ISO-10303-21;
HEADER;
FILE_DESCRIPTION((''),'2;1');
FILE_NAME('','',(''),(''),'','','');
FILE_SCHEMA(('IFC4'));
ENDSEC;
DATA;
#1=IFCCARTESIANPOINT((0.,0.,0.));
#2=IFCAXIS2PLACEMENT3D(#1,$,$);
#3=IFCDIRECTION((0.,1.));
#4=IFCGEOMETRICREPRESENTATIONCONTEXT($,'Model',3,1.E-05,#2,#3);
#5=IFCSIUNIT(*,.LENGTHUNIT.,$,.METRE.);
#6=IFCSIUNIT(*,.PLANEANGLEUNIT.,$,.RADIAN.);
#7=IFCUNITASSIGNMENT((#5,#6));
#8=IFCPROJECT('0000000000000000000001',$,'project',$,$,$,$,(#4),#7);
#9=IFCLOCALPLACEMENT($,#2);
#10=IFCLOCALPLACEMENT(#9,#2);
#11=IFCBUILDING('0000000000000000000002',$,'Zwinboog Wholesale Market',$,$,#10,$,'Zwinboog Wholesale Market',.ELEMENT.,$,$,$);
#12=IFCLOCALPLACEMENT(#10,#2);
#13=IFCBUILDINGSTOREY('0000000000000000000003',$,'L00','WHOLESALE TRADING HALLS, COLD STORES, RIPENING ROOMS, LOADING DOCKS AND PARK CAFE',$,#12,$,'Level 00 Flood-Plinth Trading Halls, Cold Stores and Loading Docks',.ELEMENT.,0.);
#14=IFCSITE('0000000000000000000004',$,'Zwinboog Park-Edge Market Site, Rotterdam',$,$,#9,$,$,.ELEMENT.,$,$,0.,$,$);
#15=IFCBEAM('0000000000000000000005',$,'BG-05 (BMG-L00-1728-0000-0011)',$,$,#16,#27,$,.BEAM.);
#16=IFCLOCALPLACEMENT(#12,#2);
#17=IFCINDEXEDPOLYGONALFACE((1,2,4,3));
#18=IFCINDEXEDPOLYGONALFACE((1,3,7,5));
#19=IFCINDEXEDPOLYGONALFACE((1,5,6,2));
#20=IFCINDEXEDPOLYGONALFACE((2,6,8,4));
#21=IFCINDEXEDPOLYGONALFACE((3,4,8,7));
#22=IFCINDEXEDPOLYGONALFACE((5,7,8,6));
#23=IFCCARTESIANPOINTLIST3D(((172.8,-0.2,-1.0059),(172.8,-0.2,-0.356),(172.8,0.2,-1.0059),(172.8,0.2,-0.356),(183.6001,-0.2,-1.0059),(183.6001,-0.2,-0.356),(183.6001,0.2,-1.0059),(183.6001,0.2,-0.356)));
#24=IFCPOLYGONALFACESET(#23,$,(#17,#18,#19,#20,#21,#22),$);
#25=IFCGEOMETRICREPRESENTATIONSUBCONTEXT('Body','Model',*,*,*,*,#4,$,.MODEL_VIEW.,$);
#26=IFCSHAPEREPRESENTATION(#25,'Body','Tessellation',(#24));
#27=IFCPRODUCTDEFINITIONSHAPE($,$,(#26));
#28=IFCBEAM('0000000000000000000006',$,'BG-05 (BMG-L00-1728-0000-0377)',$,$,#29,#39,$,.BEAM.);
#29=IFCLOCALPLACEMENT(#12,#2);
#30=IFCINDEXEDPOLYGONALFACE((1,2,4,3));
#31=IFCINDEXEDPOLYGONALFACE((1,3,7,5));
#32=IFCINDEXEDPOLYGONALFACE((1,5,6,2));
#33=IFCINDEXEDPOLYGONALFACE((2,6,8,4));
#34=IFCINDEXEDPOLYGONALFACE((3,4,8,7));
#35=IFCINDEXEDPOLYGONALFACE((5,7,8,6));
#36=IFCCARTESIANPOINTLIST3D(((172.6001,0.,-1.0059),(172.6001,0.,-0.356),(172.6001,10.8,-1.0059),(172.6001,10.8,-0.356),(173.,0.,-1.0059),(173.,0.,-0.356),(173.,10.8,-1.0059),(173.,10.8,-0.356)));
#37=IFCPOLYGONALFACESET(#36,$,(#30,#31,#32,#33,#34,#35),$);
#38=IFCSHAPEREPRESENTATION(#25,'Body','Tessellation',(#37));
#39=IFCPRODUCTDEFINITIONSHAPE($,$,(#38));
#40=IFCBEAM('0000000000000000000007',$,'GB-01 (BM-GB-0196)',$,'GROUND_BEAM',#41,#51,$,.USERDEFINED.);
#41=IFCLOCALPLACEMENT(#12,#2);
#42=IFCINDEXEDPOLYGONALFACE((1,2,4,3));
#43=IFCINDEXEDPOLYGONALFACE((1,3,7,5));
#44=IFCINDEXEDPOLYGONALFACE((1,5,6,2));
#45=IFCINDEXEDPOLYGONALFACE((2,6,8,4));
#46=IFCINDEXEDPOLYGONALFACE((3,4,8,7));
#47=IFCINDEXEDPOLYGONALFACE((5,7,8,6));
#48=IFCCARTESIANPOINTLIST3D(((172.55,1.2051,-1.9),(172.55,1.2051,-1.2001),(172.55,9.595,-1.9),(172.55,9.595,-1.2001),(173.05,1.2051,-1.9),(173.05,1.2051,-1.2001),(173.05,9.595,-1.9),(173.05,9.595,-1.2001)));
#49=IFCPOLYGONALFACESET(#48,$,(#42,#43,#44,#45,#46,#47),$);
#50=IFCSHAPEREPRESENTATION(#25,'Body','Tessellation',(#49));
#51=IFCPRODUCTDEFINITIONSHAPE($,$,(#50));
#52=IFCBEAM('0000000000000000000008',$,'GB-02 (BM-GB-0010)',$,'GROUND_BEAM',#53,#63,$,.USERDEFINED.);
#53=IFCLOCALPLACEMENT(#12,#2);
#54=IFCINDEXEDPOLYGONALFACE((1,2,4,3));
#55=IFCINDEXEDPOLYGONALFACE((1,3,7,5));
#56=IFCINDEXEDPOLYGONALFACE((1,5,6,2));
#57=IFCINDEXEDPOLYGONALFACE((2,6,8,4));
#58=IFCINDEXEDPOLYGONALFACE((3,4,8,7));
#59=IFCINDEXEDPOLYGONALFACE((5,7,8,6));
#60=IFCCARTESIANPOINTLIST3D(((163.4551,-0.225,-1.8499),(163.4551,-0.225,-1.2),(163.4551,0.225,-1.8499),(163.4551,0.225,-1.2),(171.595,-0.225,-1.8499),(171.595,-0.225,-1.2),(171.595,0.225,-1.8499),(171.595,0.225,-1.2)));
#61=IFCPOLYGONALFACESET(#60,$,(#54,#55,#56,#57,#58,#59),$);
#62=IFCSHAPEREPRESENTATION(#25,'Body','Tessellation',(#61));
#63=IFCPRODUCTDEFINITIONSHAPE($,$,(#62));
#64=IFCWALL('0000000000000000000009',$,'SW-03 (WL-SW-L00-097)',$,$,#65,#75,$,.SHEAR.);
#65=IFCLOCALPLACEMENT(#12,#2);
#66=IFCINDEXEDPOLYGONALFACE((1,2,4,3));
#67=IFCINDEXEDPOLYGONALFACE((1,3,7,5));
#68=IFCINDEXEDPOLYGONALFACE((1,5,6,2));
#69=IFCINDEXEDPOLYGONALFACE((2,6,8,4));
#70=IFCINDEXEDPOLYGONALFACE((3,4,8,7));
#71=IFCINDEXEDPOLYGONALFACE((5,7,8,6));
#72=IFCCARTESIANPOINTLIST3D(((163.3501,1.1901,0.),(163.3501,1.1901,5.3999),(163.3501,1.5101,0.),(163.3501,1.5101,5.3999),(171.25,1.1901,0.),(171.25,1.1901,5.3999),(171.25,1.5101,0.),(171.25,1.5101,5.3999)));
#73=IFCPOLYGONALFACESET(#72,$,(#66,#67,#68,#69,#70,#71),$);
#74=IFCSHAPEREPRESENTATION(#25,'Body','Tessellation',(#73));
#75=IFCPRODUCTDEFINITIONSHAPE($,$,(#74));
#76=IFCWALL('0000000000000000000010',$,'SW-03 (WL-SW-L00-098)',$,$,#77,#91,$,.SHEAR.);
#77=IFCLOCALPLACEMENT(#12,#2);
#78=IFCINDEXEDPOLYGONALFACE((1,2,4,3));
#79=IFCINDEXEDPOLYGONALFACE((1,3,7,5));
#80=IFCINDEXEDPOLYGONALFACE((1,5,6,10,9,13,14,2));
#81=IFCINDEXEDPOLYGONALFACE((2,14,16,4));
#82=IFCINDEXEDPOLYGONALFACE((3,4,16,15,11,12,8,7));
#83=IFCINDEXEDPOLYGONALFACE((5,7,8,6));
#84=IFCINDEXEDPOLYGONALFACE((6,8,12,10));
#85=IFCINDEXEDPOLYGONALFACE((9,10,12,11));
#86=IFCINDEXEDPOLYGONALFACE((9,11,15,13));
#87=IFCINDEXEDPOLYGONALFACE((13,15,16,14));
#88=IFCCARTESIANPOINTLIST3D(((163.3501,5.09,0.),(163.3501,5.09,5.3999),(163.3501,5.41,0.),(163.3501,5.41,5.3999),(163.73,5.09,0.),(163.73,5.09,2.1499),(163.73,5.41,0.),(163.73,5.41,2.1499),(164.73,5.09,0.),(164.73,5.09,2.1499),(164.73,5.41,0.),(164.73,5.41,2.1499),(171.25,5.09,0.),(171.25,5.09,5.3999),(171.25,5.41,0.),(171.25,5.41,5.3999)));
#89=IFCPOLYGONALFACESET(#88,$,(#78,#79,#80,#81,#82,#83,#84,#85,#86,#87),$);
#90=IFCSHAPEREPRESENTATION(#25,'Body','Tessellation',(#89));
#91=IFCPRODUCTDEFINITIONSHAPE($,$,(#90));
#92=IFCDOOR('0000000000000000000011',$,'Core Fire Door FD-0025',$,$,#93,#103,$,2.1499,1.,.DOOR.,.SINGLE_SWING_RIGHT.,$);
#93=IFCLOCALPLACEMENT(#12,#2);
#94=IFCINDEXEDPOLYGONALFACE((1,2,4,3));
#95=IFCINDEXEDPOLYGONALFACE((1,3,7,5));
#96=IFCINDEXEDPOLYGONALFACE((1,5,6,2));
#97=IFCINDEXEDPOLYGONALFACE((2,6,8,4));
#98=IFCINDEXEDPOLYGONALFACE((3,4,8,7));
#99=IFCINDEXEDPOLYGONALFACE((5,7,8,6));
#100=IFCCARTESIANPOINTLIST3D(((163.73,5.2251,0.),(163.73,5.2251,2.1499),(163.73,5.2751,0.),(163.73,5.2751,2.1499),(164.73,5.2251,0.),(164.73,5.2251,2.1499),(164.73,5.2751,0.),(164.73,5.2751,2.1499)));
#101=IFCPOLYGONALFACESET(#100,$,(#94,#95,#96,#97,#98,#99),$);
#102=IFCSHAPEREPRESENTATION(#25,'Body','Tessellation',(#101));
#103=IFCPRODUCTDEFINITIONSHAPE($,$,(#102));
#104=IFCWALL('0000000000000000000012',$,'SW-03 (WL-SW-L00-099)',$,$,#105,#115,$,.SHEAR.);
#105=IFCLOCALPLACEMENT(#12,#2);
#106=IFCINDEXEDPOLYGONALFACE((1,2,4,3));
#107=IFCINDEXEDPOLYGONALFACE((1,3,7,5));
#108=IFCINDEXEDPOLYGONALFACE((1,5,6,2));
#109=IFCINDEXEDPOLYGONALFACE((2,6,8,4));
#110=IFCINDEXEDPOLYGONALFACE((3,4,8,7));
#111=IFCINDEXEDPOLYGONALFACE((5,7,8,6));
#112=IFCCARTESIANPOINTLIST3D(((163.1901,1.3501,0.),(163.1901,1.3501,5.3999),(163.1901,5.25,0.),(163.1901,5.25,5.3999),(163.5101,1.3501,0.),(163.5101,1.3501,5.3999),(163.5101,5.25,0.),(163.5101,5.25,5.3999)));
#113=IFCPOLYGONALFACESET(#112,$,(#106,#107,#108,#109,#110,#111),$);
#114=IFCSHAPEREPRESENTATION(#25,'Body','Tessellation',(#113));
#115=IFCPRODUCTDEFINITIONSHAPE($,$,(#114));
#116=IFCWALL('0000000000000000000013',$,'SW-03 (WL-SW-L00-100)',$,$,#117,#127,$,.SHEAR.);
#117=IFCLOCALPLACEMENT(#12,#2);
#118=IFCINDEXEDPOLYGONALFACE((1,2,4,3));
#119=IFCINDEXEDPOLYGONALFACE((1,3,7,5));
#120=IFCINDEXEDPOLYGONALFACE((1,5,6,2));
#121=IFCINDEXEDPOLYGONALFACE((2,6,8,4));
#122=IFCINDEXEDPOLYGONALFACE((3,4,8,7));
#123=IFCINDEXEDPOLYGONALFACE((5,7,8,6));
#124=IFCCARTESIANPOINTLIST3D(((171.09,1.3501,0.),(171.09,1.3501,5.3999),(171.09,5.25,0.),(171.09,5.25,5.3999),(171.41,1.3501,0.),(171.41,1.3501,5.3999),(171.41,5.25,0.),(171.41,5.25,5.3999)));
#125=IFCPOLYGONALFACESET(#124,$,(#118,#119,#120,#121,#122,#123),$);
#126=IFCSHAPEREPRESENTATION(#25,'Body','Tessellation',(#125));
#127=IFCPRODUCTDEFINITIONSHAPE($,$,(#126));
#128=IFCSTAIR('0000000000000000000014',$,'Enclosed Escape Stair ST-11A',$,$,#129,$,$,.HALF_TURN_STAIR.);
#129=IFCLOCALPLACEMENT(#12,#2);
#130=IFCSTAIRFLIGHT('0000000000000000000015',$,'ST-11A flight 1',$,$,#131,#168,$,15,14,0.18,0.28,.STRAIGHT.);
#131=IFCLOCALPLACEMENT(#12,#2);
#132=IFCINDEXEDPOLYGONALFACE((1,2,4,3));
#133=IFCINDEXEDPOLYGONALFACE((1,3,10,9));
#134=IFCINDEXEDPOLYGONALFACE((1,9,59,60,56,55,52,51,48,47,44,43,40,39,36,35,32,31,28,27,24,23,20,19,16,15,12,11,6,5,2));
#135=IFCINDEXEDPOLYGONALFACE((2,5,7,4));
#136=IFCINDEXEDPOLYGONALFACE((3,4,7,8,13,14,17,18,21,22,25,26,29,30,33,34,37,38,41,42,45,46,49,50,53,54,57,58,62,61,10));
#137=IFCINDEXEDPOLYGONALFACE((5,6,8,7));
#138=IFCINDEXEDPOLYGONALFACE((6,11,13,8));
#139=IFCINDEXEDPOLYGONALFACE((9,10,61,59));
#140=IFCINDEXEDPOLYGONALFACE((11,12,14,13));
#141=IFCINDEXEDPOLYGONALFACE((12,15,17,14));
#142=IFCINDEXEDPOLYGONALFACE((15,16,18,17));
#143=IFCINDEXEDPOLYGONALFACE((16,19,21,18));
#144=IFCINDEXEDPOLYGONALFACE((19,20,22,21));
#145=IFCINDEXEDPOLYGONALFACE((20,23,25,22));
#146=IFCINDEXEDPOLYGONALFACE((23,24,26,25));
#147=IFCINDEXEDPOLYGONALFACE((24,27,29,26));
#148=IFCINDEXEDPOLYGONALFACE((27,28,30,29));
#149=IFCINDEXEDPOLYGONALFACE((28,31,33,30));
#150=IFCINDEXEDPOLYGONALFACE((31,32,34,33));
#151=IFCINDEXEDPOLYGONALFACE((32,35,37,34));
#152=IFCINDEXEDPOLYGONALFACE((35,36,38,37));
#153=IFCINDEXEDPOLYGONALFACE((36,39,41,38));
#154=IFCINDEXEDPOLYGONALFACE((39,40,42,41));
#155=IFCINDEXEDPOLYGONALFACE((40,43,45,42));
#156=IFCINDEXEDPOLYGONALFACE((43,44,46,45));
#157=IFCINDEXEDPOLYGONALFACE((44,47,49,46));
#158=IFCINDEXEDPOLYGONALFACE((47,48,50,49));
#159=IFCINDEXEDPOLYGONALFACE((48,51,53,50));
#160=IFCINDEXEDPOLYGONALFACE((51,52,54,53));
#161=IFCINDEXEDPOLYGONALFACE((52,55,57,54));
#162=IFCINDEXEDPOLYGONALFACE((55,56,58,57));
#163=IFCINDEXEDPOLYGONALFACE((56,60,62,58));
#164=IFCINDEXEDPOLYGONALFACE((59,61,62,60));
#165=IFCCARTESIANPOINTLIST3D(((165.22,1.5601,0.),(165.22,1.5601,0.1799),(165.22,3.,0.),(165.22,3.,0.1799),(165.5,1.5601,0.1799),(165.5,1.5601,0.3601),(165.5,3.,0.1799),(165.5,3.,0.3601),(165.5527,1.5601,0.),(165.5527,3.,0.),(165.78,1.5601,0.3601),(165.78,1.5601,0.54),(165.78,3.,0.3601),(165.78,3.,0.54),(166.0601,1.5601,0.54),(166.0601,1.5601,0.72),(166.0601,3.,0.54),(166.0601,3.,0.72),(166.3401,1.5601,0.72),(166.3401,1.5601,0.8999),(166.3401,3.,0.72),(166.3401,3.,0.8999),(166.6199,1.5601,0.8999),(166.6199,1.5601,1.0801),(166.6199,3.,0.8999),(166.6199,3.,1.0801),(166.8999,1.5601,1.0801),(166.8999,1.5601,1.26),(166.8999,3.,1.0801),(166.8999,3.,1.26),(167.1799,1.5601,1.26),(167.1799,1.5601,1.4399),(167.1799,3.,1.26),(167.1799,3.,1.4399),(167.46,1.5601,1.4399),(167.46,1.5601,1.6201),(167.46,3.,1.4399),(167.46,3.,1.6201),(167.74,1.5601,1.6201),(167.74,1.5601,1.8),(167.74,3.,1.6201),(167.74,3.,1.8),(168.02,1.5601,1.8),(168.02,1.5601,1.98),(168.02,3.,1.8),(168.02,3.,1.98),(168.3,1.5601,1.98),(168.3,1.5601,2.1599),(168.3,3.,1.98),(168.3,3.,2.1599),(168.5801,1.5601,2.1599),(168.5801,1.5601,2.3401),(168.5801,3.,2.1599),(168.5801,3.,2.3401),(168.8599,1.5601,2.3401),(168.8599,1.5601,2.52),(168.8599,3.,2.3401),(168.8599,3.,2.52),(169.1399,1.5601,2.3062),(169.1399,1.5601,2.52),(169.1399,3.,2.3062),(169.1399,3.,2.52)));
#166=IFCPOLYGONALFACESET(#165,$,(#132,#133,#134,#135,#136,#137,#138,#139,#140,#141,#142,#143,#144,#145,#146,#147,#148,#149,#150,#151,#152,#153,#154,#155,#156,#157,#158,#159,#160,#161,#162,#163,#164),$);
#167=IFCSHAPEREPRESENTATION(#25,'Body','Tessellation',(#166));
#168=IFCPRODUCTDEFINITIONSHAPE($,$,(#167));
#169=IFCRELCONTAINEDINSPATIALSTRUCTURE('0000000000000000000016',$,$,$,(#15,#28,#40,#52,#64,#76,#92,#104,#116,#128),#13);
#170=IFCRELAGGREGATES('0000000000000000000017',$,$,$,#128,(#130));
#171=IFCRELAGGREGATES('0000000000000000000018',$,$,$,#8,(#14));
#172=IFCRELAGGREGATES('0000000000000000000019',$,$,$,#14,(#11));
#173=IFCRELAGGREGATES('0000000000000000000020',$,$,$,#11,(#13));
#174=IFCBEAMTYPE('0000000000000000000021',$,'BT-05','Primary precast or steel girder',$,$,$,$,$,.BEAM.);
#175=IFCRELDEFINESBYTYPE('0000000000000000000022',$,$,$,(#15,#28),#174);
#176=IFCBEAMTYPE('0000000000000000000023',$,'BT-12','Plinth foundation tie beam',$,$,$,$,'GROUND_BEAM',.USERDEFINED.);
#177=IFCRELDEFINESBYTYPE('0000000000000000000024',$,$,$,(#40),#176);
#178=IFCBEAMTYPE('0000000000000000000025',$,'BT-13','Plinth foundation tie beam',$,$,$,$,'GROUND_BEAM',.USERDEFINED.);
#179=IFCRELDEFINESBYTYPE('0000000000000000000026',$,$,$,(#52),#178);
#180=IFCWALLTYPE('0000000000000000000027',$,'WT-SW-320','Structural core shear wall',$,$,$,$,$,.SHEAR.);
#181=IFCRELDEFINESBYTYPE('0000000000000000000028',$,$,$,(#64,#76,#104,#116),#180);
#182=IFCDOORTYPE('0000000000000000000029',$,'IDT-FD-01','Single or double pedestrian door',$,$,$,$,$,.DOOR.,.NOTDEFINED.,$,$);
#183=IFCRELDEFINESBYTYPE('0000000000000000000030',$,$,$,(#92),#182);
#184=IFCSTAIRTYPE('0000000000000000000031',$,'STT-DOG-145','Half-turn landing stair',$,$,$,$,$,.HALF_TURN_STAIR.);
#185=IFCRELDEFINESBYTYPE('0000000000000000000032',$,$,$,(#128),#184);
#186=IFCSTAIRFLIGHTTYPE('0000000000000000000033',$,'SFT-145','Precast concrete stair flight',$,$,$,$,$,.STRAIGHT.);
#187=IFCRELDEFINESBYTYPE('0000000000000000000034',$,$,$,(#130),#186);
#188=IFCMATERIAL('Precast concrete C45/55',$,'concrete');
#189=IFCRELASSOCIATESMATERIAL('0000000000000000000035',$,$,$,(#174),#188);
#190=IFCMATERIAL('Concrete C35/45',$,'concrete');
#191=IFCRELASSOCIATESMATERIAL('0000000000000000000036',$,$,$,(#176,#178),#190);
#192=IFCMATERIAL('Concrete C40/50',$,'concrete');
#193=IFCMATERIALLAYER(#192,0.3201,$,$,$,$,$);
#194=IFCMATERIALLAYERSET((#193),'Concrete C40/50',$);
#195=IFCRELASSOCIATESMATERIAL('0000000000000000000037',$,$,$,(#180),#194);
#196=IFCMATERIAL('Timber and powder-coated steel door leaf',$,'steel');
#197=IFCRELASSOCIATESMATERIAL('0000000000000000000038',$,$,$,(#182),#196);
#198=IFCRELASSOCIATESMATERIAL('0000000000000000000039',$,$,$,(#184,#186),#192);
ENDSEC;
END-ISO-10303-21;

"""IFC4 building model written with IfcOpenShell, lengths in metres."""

from ifc_helpers import new_model, si_unit, direction, frame, frame_2d, origin, origin_2d, place, context, subcontext, project, spatial, polyline, rectangle, outline, extrude, material, layer, layer_set, material_profile, profile_set, type_object, element, fill, aggregate, save


model = new_model("IFC4")

# Units and contexts
model_context = context("Model", 3, precision=1e-05, world=origin(), true_north=direction((0.0, 1.0)))
body_context = subcontext(model_context, "Body", "Model", "MODEL_VIEW")
ifc_project = project(units=[si_unit("LENGTHUNIT", "METRE"), si_unit("PLANEANGLEUNIT", "RADIAN")], contexts=[model_context])

# Site, building, storey
site_placement = place(None, origin())
site = spatial("IfcSite", under=ifc_project, at=site_placement, Name="Zwinboog Park-Edge Market Site, Rotterdam", CompositionType="ELEMENT", RefElevation=0.0)
building_placement = place(site_placement, origin())
building = spatial("IfcBuilding", under=site, at=building_placement, Name="Zwinboog Wholesale Market", LongName="Zwinboog Wholesale Market", CompositionType="ELEMENT")
storey_placement = place(building_placement, origin())
storey = spatial("IfcBuildingStorey", under=building, at=storey_placement, Name="L00", Description="WHOLESALE TRADING HALLS, COLD STORES, RIPENING ROOMS, LOADING DOCKS AND PARK CAFE", LongName="Level 00 Flood-Plinth Trading Halls, Cold Stores and Loading Docks", CompositionType="ELEMENT", Elevation=0.0)

# Shared definitions
ifc_material_1 = material(Name="Concrete C40/50", Category="concrete")

# Shared definitions
ifc_material_2 = material(Name="Concrete C35/45", Category="concrete")

# Shared definitions
ifc_material_3 = material(Name="Precast concrete C45/55", Category="concrete")

# Beams
ifc_material_profile_1 = material_profile(ifc_material_3, rectangle(XDim=0.3999, YDim=0.6499, at=origin_2d()), Name="PC 400x650")
ifc_profile_set_1 = profile_set([ifc_material_profile_1], Name="Precast concrete C45/55")
beam_type_1 = type_object("IfcBeamType", Name="BT-05", Description="Primary precast or steel girder", PredefinedType="BEAM", material=ifc_profile_set_1)
for number, where, z_axis, x_axis, name in (
    (1, (172.8, 0.0, -0.6809), (1.0, 0.0, 0.0), (0.0, 1.0, 0.0), "BG-05 (BMG-L00-1728-0000-0011)"),
    (2, (172.8, 0.0, -0.6809), (0.0, 1.0, 0.0), (-1.0, 0.0, 0.0), "BG-05 (BMG-L00-1728-0000-0377)"),
):
    element("IfcBeam", number, at=place(storey_placement, frame(where, z_axis=z_axis, x_axis=x_axis)), inside=storey, type_object=beam_type_1, Name=name, PredefinedType="BEAM", context=body_context, shape_type="SweptSolid", body=[
        extrude(rectangle(XDim=0.3999, YDim=0.6499, at=origin_2d()), origin(), (0.0, 0.0, 1.0), 10.8),
    ])
ifc_material_profile_2 = material_profile(ifc_material_2, rectangle(XDim=0.5, YDim=0.7, at=origin_2d()), Name="RC 500x700")
ifc_profile_set_2 = profile_set([ifc_material_profile_2], Name="Concrete C35/45")
beam_type_2 = type_object("IfcBeamType", Name="BT-12", Description="Plinth foundation tie beam", ElementType="GROUND_BEAM", PredefinedType="USERDEFINED", material=ifc_profile_set_2)
beam_1_placement = place(storey_placement, frame((172.8, 1.2051, -1.55), z_axis=(0.0, 1.0, 0.0), x_axis=(-1.0, 0.0, 0.0)))
element("IfcBeam", 3, at=beam_1_placement, inside=storey, type_object=beam_type_2, Name="GB-01 (BM-GB-0196)", ObjectType="GROUND_BEAM", PredefinedType="USERDEFINED", context=body_context, shape_type="SweptSolid", body=[
    extrude(rectangle(XDim=0.5, YDim=0.7, at=origin_2d()), origin(), (0.0, 0.0, 1.0), 8.3899),
])
ifc_material_profile_3 = material_profile(ifc_material_2, rectangle(XDim=0.45, YDim=0.6499, at=origin_2d()), Name="RC 450x650")
ifc_profile_set_3 = profile_set([ifc_material_profile_3], Name="Concrete C35/45")
beam_type_3 = type_object("IfcBeamType", Name="BT-13", Description="Plinth foundation tie beam", ElementType="GROUND_BEAM", PredefinedType="USERDEFINED", material=ifc_profile_set_3)
beam_2_placement = place(storey_placement, frame((163.4551, 0.0, -1.5249), z_axis=(1.0, 0.0, 0.0), x_axis=(0.0, 1.0, 0.0)))
element("IfcBeam", 4, at=beam_2_placement, inside=storey, type_object=beam_type_3, Name="GB-02 (BM-GB-0010)", ObjectType="GROUND_BEAM", PredefinedType="USERDEFINED", context=body_context, shape_type="SweptSolid", body=[
    extrude(rectangle(XDim=0.45, YDim=0.6499, at=origin_2d()), origin(), (0.0, 0.0, 1.0), 8.1399),
])

# Wall
ifc_layer = layer(ifc_material_1, 0.3201)
ifc_layer_set = layer_set([ifc_layer], Name="Concrete C40/50")
wall_type = type_object("IfcWallType", Name="WT-SW-320", Description="Structural core shear wall", PredefinedType="SHEAR", material=ifc_layer_set)
wall_1_placement = place(storey_placement, frame((163.3501, 1.3501, 0.0), z_axis=(0.0, 0.0, 1.0), x_axis=(1.0, 0.0, 0.0)))
element("IfcWall", 5, at=wall_1_placement, inside=storey, type_object=wall_type, Name="SW-03 (WL-SW-L00-097)", PredefinedType="SHEAR", context=body_context, shape_type="SweptSolid", body=[
    extrude(rectangle(XDim=7.8999, YDim=0.3201, at=frame_2d((3.95, 0.0))), origin(), (0.0, 0.0, 1.0), 5.3999),
])

# Wall, opening, door
wall_2_placement = place(storey_placement, frame((163.3501, 5.25, 0.0), z_axis=(0.0, 0.0, 1.0), x_axis=(1.0, 0.0, 0.0)))
wall_2 = element("IfcWall", 6, at=wall_2_placement, inside=storey, type_object=wall_type, Name="SW-03 (WL-SW-L00-098)", PredefinedType="SHEAR", context=body_context, shape_type="SweptSolid", body=[
    extrude(rectangle(XDim=7.8999, YDim=0.3201, at=frame_2d((3.95, 0.0))), origin(), (0.0, 0.0, 1.0), 5.3999),
])
opening_placement = place(wall_2_placement, frame((0.3799, 0.0, 0.0)))
opening = element("IfcOpeningElement", 7, at=opening_placement, cuts=wall_2, PredefinedType="OPENING", context=body_context, shape_type="SweptSolid", body=[
    extrude(rectangle(XDim=1.0, YDim=2.1499, at=frame_2d((0.5, 1.075))), frame((0.0, 0.1699, 0.0), z_axis=(0.0, -1.0, 0.0), x_axis=(1.0, 0.0, 0.0)), (0.0, 0.0, 1.0), 0.3401),
])
ifc_material_4 = material(Name="Timber and powder-coated steel door leaf", Category="steel")
door_type = type_object("IfcDoorType", Name="IDT-FD-01", Description="Single or double pedestrian door", OperationType="NOTDEFINED", PredefinedType="DOOR", material=ifc_material_4)
door_placement = place(opening_placement, frame((1.0, 0.0, 0.0), z_axis=(0.0, 0.0, 1.0), x_axis=(-1.0, 0.0, 0.0)))
door = element("IfcDoor", 8, at=door_placement, inside=storey, type_object=door_type, Name="Core Fire Door FD-0025", OperationType="SINGLE_SWING_RIGHT", OverallHeight=2.1499, OverallWidth=1.0, PredefinedType="DOOR", context=body_context, shape_type="SweptSolid", body=[
    extrude(rectangle(XDim=1.0, YDim=2.1499, at=frame_2d((0.5, 1.075))), frame((0.0, 0.0249, 0.0), z_axis=(0.0, -1.0, 0.0), x_axis=(1.0, 0.0, 0.0)), (0.0, 0.0, 1.0), 0.05),
])
fill(opening, door)

# Walls
for number, where, z_axis, x_axis, name in (
    (9, (163.3501, 1.3501, 0.0), (0.0, 0.0, 1.0), (0.0, 1.0, 0.0), "SW-03 (WL-SW-L00-099)"),
    (10, (171.25, 1.3501, 0.0), (0.0, 0.0, 1.0), (0.0, 1.0, 0.0), "SW-03 (WL-SW-L00-100)"),
):
    element("IfcWall", number, at=place(storey_placement, frame(where, z_axis=z_axis, x_axis=x_axis)), inside=storey, type_object=wall_type, Name=name, PredefinedType="SHEAR", context=body_context, shape_type="SweptSolid", body=[
        extrude(rectangle(XDim=3.8999, YDim=0.3201, at=frame_2d((1.95, 0.0))), origin(), (0.0, 0.0, 1.0), 5.3999),
    ])

# Stair, stair flight
stair_type = type_object("IfcStairType", Name="STT-DOG-145", Description="Half-turn landing stair", PredefinedType="HALF_TURN_STAIR", material=ifc_material_1)
stair_placement = place(storey_placement, origin())
stair = element("IfcStair", 11, at=stair_placement, inside=storey, type_object=stair_type, Name="Enclosed Escape Stair ST-11A", PredefinedType="HALF_TURN_STAIR")
stair_flight_type = type_object("IfcStairFlightType", Name="SFT-145", Description="Precast concrete stair flight", PredefinedType="STRAIGHT", material=ifc_material_1)
stair_flight_1_placement = place(storey_placement, frame((165.22, 2.28, 0.0), z_axis=(0.0, 0.0, 1.0), x_axis=(1.0, 0.0, 0.0)))
stair_flight_1 = element("IfcStairFlight", 12, at=stair_flight_1_placement, type_object=stair_flight_type, Name="ST-11A flight 1", NumberOfRisers=15, NumberOfTreads=14, PredefinedType="STRAIGHT", RiserHeight=0.18, TreadLength=0.28, context=body_context, shape_type="SweptSolid", body=[
    extrude(outline(polyline([(0.0, 0.0), (0.0, 0.1799), (0.28, 0.1799), (0.28, 0.3601), (0.5601, 0.3601), (0.5601, 0.54), (0.8401, 0.54), (0.8401, 0.72), (1.1201, 0.72), (1.1201, 0.8999), (1.3999, 0.8999), (1.3999, 1.0801), (1.6799, 1.0801), (1.6799, 1.26), (1.96, 1.26), (1.96, 1.4399), (2.24, 1.4399), (2.24, 1.6201), (2.52, 1.6201), (2.52, 1.8), (2.8, 1.8), (2.8, 1.98), (3.0801, 1.98), (3.0801, 2.1599), (3.3601, 2.1599), (3.3601, 2.3401), (3.6399, 2.3401), (3.6399, 2.52), (3.9199, 2.52), (3.9199, 2.7), (3.9199, 2.3062), (0.3328, 0.0), (0.0, 0.0)])), frame((0.0, 0.72, 0.0), z_axis=(0.0, -1.0, 0.0), x_axis=(1.0, 0.0, 0.0)), (0.0, 0.0, 1.0), 1.4399),
])
aggregate(stair, [stair_flight_1])

save(model, "model.ifc")
